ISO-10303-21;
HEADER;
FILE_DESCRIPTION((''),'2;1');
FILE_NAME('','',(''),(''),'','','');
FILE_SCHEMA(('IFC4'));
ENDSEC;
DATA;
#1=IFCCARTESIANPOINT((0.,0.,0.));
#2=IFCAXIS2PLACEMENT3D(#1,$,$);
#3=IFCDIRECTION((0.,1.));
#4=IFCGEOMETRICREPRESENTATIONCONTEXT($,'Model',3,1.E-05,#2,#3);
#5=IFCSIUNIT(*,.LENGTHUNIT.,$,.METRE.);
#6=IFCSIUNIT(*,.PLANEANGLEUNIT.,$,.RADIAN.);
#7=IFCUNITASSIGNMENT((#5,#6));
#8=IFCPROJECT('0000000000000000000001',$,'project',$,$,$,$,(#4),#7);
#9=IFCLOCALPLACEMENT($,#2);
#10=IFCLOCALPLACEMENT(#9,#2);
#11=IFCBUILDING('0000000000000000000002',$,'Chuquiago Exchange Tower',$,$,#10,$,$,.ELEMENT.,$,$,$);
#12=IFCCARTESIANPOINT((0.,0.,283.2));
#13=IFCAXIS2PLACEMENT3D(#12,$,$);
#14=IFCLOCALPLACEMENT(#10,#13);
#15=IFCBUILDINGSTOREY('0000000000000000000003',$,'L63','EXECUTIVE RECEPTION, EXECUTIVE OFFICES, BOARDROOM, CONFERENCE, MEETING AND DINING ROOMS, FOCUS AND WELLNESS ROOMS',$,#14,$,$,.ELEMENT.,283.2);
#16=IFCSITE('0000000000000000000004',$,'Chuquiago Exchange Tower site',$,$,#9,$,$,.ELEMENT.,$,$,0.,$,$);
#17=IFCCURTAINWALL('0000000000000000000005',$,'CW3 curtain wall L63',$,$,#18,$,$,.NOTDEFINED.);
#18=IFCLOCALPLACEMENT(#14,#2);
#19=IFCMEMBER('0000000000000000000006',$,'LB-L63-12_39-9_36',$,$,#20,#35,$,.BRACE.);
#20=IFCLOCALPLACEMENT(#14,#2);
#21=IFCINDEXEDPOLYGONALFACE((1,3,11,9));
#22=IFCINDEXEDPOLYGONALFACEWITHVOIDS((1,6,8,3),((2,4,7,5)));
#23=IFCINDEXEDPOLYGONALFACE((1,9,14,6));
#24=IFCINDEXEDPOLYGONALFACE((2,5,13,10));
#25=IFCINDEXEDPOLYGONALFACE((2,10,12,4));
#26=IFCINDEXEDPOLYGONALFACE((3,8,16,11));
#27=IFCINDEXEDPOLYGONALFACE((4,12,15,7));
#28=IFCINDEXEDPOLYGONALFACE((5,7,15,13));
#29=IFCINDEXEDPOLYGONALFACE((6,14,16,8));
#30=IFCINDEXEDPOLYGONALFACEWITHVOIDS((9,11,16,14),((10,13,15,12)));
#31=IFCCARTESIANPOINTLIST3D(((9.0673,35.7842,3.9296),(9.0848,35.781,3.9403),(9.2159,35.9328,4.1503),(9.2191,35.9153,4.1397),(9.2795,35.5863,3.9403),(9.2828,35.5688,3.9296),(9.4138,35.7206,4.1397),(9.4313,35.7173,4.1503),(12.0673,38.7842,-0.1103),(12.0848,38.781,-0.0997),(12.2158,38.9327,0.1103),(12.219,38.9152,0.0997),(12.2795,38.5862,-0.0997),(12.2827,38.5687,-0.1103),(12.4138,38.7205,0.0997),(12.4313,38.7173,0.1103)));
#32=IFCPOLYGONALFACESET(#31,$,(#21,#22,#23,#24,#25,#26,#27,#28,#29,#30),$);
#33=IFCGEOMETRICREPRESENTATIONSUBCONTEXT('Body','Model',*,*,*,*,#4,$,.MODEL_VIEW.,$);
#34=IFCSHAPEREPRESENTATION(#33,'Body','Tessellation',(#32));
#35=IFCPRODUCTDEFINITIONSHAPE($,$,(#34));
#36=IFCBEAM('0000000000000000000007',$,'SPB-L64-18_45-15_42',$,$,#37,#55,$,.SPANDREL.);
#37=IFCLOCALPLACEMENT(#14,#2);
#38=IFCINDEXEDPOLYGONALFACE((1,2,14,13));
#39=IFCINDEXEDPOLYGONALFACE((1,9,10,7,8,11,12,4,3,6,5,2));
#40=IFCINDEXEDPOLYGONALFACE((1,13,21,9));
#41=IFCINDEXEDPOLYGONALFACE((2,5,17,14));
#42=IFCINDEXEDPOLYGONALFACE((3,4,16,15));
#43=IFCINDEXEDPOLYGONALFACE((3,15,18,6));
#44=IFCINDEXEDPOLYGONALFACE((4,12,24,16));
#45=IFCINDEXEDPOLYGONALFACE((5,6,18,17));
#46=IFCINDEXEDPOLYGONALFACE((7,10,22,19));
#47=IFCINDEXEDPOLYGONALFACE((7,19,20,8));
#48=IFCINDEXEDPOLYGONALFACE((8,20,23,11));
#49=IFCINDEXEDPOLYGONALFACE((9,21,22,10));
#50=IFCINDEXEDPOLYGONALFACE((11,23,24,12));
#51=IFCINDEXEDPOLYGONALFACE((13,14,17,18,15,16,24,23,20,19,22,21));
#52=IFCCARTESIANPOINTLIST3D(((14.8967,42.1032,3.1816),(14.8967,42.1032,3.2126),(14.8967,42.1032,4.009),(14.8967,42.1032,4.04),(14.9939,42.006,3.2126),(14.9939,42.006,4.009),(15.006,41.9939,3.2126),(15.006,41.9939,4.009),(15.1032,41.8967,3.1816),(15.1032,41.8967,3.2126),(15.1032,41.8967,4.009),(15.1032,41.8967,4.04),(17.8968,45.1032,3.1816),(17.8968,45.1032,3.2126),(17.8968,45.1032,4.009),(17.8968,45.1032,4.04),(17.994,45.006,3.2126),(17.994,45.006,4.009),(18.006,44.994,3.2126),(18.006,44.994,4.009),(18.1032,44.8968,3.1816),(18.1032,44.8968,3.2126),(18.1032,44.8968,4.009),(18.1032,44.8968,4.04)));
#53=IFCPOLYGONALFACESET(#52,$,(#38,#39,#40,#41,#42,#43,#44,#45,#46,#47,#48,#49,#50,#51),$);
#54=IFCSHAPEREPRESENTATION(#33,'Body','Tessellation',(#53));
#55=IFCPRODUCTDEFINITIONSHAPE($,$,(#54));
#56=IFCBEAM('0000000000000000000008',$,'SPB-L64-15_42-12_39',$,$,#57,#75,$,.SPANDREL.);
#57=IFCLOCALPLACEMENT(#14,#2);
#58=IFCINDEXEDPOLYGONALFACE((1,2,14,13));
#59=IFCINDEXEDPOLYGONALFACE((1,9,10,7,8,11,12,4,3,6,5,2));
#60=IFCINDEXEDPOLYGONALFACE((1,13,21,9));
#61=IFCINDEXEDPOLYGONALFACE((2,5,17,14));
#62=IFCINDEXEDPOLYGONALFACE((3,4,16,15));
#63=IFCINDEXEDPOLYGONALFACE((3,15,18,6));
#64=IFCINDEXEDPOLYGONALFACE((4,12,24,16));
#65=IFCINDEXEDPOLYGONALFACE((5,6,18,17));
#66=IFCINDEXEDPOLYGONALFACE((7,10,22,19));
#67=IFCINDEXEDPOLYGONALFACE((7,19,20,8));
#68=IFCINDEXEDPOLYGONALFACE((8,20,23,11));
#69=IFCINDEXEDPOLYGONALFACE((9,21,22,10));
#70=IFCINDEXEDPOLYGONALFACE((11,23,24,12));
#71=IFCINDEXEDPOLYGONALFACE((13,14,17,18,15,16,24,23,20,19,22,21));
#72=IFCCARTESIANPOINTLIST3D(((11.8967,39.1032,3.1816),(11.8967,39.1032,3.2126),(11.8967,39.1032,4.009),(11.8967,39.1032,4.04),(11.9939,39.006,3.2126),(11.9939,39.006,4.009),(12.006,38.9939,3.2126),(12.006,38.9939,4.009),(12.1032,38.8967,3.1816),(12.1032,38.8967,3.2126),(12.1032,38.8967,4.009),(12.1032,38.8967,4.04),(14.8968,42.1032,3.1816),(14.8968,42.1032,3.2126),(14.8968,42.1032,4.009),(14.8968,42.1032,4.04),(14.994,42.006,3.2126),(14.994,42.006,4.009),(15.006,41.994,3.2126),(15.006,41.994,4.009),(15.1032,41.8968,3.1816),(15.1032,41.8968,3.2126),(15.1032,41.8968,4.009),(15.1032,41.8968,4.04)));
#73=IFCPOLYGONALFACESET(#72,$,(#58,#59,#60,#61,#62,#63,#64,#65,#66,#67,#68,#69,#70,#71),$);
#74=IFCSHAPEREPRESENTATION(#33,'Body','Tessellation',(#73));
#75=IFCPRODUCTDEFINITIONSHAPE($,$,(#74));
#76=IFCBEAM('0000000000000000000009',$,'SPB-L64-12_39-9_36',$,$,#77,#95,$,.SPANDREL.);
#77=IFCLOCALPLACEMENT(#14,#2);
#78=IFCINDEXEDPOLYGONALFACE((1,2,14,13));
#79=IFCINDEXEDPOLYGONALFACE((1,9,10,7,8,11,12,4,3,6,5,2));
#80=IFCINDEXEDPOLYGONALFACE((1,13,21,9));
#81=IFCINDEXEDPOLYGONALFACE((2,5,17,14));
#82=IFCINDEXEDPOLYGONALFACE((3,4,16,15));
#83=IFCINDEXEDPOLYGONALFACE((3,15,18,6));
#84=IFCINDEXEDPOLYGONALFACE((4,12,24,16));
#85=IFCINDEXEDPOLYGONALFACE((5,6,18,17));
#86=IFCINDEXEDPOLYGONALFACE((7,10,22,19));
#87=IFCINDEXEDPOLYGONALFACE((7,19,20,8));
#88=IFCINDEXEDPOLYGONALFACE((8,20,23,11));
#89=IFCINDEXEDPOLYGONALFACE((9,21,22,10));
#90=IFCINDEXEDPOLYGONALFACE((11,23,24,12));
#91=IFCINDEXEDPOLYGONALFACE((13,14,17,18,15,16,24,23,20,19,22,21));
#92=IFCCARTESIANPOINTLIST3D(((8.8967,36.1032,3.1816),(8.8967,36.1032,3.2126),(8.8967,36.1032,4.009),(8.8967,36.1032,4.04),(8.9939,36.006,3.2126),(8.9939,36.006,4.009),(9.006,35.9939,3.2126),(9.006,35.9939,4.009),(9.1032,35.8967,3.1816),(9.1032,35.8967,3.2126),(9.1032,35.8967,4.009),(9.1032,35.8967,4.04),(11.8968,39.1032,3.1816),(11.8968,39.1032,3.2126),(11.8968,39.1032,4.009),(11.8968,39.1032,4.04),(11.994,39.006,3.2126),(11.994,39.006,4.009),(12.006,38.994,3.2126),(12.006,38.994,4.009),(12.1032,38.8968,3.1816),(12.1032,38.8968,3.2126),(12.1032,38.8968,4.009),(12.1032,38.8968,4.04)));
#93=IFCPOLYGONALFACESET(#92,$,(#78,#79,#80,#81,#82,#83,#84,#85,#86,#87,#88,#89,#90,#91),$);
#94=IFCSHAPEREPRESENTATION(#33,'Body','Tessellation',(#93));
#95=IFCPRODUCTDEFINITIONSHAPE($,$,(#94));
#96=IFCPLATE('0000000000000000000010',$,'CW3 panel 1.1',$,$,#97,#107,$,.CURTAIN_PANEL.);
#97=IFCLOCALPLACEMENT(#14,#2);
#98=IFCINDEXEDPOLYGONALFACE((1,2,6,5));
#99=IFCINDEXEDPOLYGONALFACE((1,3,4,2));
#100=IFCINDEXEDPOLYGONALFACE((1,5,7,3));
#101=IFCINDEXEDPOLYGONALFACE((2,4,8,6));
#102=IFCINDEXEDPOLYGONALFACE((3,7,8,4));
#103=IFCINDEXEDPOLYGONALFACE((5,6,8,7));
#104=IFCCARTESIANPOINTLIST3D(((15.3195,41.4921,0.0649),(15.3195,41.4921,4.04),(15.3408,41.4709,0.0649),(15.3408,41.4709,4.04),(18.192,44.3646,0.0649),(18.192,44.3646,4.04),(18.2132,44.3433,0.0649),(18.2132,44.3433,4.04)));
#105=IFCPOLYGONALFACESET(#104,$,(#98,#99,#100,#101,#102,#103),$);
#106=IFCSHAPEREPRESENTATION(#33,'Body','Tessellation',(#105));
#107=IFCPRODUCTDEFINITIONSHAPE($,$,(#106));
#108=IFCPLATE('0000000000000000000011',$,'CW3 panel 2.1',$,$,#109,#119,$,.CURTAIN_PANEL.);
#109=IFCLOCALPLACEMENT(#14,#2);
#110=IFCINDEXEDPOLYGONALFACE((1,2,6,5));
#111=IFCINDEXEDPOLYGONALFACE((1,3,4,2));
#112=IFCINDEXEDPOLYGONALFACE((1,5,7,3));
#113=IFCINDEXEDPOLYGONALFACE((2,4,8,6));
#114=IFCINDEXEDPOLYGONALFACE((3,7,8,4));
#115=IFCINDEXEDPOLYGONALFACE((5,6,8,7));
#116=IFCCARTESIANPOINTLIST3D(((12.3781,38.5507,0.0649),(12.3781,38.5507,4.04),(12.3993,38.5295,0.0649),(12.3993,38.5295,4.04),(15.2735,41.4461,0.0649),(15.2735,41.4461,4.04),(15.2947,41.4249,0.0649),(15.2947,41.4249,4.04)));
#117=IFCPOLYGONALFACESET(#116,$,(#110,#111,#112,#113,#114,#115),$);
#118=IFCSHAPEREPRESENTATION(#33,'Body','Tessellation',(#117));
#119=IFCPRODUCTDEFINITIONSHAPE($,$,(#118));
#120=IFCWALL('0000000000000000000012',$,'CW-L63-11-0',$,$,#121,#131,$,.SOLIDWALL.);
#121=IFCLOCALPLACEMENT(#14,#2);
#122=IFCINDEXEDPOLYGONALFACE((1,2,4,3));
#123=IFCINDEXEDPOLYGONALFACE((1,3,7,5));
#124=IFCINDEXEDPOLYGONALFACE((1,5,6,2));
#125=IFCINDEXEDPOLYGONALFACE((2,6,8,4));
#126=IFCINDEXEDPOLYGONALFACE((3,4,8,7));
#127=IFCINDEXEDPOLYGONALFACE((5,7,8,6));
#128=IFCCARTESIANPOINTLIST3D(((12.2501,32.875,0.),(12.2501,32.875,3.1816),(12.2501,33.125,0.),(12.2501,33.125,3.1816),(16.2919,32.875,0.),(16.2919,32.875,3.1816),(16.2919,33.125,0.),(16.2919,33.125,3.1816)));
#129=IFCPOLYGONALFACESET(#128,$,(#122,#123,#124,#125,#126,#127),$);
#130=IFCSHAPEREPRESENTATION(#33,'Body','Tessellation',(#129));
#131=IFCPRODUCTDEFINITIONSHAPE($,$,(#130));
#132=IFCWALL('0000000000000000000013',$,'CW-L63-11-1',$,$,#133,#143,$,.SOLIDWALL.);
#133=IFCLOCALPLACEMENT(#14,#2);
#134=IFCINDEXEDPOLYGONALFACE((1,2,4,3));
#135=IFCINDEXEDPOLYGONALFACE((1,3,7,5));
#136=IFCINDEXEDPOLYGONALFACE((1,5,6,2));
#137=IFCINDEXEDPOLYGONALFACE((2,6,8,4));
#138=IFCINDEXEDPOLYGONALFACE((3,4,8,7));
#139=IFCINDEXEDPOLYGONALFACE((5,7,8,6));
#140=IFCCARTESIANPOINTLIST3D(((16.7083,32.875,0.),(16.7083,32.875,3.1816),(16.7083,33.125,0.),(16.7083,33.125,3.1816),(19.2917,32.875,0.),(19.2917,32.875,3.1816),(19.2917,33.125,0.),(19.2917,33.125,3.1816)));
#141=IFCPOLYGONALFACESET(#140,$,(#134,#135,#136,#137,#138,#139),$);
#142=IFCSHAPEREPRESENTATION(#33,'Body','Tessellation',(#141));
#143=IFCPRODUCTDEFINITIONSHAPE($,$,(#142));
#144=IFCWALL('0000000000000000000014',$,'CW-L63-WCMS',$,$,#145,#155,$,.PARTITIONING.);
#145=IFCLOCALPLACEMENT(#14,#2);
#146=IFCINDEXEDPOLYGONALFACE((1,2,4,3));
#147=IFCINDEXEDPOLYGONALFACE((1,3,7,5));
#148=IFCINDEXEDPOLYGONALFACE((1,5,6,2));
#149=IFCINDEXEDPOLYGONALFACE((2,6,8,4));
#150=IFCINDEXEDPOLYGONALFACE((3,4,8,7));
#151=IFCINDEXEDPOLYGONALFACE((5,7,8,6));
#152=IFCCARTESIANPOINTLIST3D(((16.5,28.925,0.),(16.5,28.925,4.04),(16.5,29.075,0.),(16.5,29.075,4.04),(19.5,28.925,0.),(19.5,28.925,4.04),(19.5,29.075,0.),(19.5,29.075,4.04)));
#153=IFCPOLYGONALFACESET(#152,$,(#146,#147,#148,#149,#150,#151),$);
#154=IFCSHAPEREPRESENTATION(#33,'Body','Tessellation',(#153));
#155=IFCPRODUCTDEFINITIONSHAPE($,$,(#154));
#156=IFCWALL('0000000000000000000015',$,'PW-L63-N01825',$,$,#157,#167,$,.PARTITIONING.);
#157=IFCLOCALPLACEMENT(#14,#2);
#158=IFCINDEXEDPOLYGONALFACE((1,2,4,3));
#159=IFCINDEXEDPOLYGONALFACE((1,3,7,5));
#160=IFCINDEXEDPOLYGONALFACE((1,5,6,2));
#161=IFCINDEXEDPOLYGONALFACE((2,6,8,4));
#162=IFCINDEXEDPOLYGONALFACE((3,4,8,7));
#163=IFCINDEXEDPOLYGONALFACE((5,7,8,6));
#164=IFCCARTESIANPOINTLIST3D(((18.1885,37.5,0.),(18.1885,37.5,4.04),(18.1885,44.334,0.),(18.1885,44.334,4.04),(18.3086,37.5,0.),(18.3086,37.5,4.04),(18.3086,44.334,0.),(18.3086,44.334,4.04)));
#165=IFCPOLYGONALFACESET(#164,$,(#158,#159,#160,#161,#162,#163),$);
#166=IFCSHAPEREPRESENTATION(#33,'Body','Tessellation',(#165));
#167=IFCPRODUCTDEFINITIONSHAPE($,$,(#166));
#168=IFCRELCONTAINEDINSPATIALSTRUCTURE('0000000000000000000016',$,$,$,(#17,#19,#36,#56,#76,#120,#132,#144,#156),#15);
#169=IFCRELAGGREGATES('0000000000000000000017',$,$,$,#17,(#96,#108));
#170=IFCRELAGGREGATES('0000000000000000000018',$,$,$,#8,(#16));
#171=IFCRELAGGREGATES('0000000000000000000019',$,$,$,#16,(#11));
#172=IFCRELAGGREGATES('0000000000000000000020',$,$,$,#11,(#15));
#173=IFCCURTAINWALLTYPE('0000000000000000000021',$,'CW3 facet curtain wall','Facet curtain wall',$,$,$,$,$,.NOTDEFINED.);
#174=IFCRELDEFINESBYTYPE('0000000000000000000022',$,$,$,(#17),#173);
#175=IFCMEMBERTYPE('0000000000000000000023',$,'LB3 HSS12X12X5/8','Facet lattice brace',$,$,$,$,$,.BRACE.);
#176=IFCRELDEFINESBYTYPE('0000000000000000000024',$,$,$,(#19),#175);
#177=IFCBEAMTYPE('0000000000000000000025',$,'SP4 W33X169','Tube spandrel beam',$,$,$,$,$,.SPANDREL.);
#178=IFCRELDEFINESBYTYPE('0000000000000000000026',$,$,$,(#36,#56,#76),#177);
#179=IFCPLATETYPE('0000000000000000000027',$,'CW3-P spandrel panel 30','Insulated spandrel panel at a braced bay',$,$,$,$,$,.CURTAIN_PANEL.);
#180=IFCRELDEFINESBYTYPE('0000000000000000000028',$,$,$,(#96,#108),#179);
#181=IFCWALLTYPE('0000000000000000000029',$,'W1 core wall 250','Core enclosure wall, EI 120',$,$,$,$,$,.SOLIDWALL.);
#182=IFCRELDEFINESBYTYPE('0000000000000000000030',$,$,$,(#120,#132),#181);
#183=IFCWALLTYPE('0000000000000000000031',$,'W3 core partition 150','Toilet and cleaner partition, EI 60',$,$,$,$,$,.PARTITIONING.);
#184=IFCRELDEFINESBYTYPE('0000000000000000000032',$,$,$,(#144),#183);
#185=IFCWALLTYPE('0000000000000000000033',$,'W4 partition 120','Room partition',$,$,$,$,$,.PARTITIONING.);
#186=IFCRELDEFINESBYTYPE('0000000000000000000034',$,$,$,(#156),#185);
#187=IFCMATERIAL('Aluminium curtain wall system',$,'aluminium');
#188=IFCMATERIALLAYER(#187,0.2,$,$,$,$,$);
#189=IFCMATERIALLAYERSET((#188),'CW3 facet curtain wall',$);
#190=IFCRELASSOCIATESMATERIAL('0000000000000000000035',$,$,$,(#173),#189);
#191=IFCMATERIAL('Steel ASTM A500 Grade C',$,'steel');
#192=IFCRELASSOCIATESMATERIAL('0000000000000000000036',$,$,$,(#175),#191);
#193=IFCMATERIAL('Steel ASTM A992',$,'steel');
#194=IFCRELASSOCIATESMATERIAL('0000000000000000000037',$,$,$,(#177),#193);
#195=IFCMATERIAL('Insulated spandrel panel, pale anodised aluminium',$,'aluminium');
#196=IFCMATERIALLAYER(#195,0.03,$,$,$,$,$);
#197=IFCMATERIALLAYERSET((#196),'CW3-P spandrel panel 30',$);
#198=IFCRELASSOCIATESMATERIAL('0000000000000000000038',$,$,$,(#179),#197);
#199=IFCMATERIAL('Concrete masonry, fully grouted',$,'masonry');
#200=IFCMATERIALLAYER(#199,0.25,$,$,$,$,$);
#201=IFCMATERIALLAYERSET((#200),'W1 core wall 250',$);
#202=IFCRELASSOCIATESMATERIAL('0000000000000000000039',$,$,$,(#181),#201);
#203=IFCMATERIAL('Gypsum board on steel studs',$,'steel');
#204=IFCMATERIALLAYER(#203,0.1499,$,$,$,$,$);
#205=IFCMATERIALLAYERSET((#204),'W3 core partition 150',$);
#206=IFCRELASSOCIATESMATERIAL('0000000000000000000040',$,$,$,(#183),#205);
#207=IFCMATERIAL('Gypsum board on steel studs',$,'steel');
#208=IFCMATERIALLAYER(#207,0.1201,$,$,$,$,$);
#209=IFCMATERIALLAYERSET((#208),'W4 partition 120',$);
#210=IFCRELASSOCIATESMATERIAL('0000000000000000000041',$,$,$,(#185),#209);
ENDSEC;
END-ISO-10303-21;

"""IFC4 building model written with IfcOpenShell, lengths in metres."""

from ifc_helpers import new_model, si_unit, direction, frame, frame_2d, origin, origin_2d, place, context, subcontext, project, spatial, rectangle, hollow_rectangle, i_section, extrude, material, layer, layer_set, material_profile, profile_set, type_object, element, aggregate, save


model = new_model("IFC4")

# Units and contexts
model_context = context("Model", 3, precision=1e-05, world=origin(), true_north=direction((0.0, 1.0)))
body_context = subcontext(model_context, "Body", "Model", "MODEL_VIEW")
ifc_project = project(units=[si_unit("LENGTHUNIT", "METRE"), si_unit("PLANEANGLEUNIT", "RADIAN")], contexts=[model_context])

# Site, building, storey
site_placement = place(None, origin())
site = spatial("IfcSite", under=ifc_project, at=site_placement, Name="Chuquiago Exchange Tower site", CompositionType="ELEMENT", RefElevation=0.0)
building_placement = place(site_placement, origin())
building = spatial("IfcBuilding", under=site, at=building_placement, Name="Chuquiago Exchange Tower", CompositionType="ELEMENT")
storey_placement = place(building_placement, frame((0.0, 0.0, 283.2)))
storey = spatial("IfcBuildingStorey", under=building, at=storey_placement, Name="L63", Description="EXECUTIVE RECEPTION, EXECUTIVE OFFICES, BOARDROOM, CONFERENCE, MEETING AND DINING ROOMS, FOCUS AND WELLNESS ROOMS", CompositionType="ELEMENT", Elevation=283.2)

# Curtain wall
ifc_material_1 = material(Name="Aluminium curtain wall system", Category="aluminium")
ifc_layer_1 = layer(ifc_material_1, 0.2)
ifc_layer_set_1 = layer_set([ifc_layer_1], Name="CW3 facet curtain wall")
curtain_wall_type = type_object("IfcCurtainWallType", Name="CW3 facet curtain wall", Description="Facet curtain wall", PredefinedType="NOTDEFINED", material=ifc_layer_set_1)
curtain_wall_placement = place(storey_placement, origin())
curtain_wall = element("IfcCurtainWall", 1, at=curtain_wall_placement, inside=storey, type_object=curtain_wall_type, Name="CW3 curtain wall L63", PredefinedType="NOTDEFINED")

# Member
ifc_material_2 = material(Name="Steel ASTM A500 Grade C", Category="steel")
ifc_material_profile_1 = material_profile(ifc_material_2, hollow_rectangle(XDim=0.3047, YDim=0.3047, WallThickness=0.0146, at=origin_2d()), Name="HSS12X12X5/8")
ifc_profile_set_1 = profile_set([ifc_material_profile_1], Name="Steel ASTM A500 Grade C")
member_type_1 = type_object("IfcMemberType", Name="LB3 HSS12X12X5/8", Description="Facet lattice brace", PredefinedType="BRACE", material=ifc_profile_set_1)
for number, where, z_axis, x_axis, name in (
    (2, (12.2493, 38.7507, 0.0), (-0.512077, -0.512077, 0.689604), (0.707107, -0.707107, 0.0), "LB-L63-12_39-9_36"),
):
    element("IfcMember", number, at=place(storey_placement, frame(where, z_axis=z_axis, x_axis=x_axis)), inside=storey, type_object=member_type_1, Name=name, PredefinedType="BRACE", context=body_context, shape_type="SweptSolid", body=[
        extrude(hollow_rectangle(XDim=0.3047, YDim=0.3047, WallThickness=0.0146, at=origin_2d()), origin(), (0.0, 0.0, 1.0), 5.8584),
    ])

# Beams
ifc_material_3 = material(Name="Steel ASTM A992", Category="steel")
ifc_material_profile_2 = material_profile(ifc_material_3, i_section(OverallWidth=0.292, OverallDepth=0.8584, WebThickness=0.0171, FlangeThickness=0.031, at=origin_2d()), Name="W33X169")
ifc_profile_set_2 = profile_set([ifc_material_profile_2], Name="Steel ASTM A992")
beam_type_1 = type_object("IfcBeamType", Name="SP4 W33X169", Description="Tube spandrel beam", PredefinedType="SPANDREL", material=ifc_profile_set_2)
for number, where, z_axis, x_axis, name in (
    (3, (18.0, 45.0, 3.6108), (-0.707107, -0.707107, 0.0), (0.707107, -0.707107, 0.0), "SPB-L64-18_45-15_42"),
    (4, (15.0, 42.0, 3.6108), (-0.707107, -0.707107, 0.0), (0.707107, -0.707107, 0.0), "SPB-L64-15_42-12_39"),
    (5, (12.0, 39.0, 3.6108), (-0.707107, -0.707107, 0.0), (0.707107, -0.707107, 0.0), "SPB-L64-12_39-9_36"),
):
    element("IfcBeam", number, at=place(storey_placement, frame(where, z_axis=z_axis, x_axis=x_axis)), inside=storey, type_object=beam_type_1, Name=name, PredefinedType="SPANDREL", context=body_context, shape_type="SweptSolid", body=[
        extrude(i_section(OverallWidth=0.292, OverallDepth=0.8584, WebThickness=0.0171, FlangeThickness=0.031, at=origin_2d()), origin(), (0.0, 0.0, 1.0), 4.2427),
    ])

# Plates
ifc_material_4 = material(Name="Insulated spandrel panel, pale anodised aluminium", Category="aluminium")
ifc_layer_2 = layer(ifc_material_4, 0.03)
ifc_layer_set_2 = layer_set([ifc_layer_2], Name="CW3-P spandrel panel 30")
plate_type = type_object("IfcPlateType", Name="CW3-P spandrel panel 30", Description="Insulated spandrel panel at a braced bay", PredefinedType="CURTAIN_PANEL", material=ifc_layer_set_2)
plate_1_placement = place(storey_placement, frame((16.7664, 42.9177, 0.0649), z_axis=(0.0, 0.0, 1.0), x_axis=(-0.707107, -0.707107, 0.0)))
plate_1 = element("IfcPlate", 6, at=plate_1_placement, type_object=plate_type, Name="CW3 panel 1.1", PredefinedType="CURTAIN_PANEL", context=body_context, shape_type="SweptSolid", body=[
    extrude(rectangle(XDim=4.0623, YDim=0.03, at=origin_2d()), origin(), (0.0, 0.0, 1.0), 3.9751),
])
plate_2_placement = place(storey_placement, frame((13.8364, 39.9878, 0.0649), z_axis=(0.0, 0.0, 1.0), x_axis=(-0.707107, -0.707107, 0.0)))
plate_2 = element("IfcPlate", 7, at=plate_2_placement, type_object=plate_type, Name="CW3 panel 2.1", PredefinedType="CURTAIN_PANEL", context=body_context, shape_type="SweptSolid", body=[
    extrude(rectangle(XDim=4.0947, YDim=0.03, at=origin_2d()), origin(), (0.0, 0.0, 1.0), 3.9751),
])
aggregate(curtain_wall, [plate_1, plate_2])

# Walls
ifc_material_5 = material(Name="Concrete masonry, fully grouted", Category="masonry")
ifc_layer_3 = layer(ifc_material_5, 0.25)
ifc_layer_set_3 = layer_set([ifc_layer_3], Name="W1 core wall 250")
wall_type_1 = type_object("IfcWallType", Name="W1 core wall 250", Description="Core enclosure wall, EI 120", PredefinedType="SOLIDWALL", material=ifc_layer_set_3)
wall_1_placement = place(storey_placement, frame((12.25, 33.0, 0.0), z_axis=(0.0, 0.0, 1.0), x_axis=(1.0, 0.0, 0.0)))
element("IfcWall", 8, at=wall_1_placement, inside=storey, type_object=wall_type_1, Name="CW-L63-11-0", PredefinedType="SOLIDWALL", context=body_context, shape_type="SweptSolid", body=[
    extrude(rectangle(XDim=4.0417, YDim=0.25, at=frame_2d((2.021, 0.0))), origin(), (0.0, 0.0, 1.0), 3.1816),
])
wall_2_placement = place(storey_placement, frame((16.7083, 33.0, 0.0), z_axis=(0.0, 0.0, 1.0), x_axis=(1.0, 0.0, 0.0)))
element("IfcWall", 9, at=wall_2_placement, inside=storey, type_object=wall_type_1, Name="CW-L63-11-1", PredefinedType="SOLIDWALL", context=body_context, shape_type="SweptSolid", body=[
    extrude(rectangle(XDim=2.5835, YDim=0.25, at=frame_2d((1.2917, 0.0))), origin(), (0.0, 0.0, 1.0), 3.1816),
])
ifc_material_6 = material(Name="Gypsum board on steel studs", Category="steel")
ifc_layer_4 = layer(ifc_material_6, 0.1499)
ifc_layer_set_4 = layer_set([ifc_layer_4], Name="W3 core partition 150")
wall_type_2 = type_object("IfcWallType", Name="W3 core partition 150", Description="Toilet and cleaner partition, EI 60", PredefinedType="PARTITIONING", material=ifc_layer_set_4)
wall_3_placement = place(storey_placement, frame((16.5, 29.0, 0.0), z_axis=(0.0, 0.0, 1.0), x_axis=(1.0, 0.0, 0.0)))
element("IfcWall", 10, at=wall_3_placement, inside=storey, type_object=wall_type_2, Name="CW-L63-WCMS", PredefinedType="PARTITIONING", context=body_context, shape_type="SweptSolid", body=[
    extrude(rectangle(XDim=3.0, YDim=0.1499, at=frame_2d((1.5, 0.0))), origin(), (0.0, 0.0, 1.0), 4.04),
])
ifc_material_7 = material(Name="Gypsum board on steel studs", Category="steel")
ifc_layer_5 = layer(ifc_material_7, 0.1201)
ifc_layer_set_5 = layer_set([ifc_layer_5], Name="W4 partition 120")
wall_type_3 = type_object("IfcWallType", Name="W4 partition 120", Description="Room partition", PredefinedType="PARTITIONING", material=ifc_layer_set_5)
wall_4_placement = place(storey_placement, frame((18.2485, 44.334, 0.0), z_axis=(0.0, 0.0, 1.0), x_axis=(0.0, -1.0, 0.0)))
element("IfcWall", 11, at=wall_4_placement, inside=storey, type_object=wall_type_3, Name="PW-L63-N01825", PredefinedType="PARTITIONING", context=body_context, shape_type="SweptSolid", body=[
    extrude(rectangle(XDim=6.834, YDim=0.1201, at=frame_2d((3.417, 0.0))), origin(), (0.0, 0.0, 1.0), 4.04),
])

save(model, "model.ifc")
